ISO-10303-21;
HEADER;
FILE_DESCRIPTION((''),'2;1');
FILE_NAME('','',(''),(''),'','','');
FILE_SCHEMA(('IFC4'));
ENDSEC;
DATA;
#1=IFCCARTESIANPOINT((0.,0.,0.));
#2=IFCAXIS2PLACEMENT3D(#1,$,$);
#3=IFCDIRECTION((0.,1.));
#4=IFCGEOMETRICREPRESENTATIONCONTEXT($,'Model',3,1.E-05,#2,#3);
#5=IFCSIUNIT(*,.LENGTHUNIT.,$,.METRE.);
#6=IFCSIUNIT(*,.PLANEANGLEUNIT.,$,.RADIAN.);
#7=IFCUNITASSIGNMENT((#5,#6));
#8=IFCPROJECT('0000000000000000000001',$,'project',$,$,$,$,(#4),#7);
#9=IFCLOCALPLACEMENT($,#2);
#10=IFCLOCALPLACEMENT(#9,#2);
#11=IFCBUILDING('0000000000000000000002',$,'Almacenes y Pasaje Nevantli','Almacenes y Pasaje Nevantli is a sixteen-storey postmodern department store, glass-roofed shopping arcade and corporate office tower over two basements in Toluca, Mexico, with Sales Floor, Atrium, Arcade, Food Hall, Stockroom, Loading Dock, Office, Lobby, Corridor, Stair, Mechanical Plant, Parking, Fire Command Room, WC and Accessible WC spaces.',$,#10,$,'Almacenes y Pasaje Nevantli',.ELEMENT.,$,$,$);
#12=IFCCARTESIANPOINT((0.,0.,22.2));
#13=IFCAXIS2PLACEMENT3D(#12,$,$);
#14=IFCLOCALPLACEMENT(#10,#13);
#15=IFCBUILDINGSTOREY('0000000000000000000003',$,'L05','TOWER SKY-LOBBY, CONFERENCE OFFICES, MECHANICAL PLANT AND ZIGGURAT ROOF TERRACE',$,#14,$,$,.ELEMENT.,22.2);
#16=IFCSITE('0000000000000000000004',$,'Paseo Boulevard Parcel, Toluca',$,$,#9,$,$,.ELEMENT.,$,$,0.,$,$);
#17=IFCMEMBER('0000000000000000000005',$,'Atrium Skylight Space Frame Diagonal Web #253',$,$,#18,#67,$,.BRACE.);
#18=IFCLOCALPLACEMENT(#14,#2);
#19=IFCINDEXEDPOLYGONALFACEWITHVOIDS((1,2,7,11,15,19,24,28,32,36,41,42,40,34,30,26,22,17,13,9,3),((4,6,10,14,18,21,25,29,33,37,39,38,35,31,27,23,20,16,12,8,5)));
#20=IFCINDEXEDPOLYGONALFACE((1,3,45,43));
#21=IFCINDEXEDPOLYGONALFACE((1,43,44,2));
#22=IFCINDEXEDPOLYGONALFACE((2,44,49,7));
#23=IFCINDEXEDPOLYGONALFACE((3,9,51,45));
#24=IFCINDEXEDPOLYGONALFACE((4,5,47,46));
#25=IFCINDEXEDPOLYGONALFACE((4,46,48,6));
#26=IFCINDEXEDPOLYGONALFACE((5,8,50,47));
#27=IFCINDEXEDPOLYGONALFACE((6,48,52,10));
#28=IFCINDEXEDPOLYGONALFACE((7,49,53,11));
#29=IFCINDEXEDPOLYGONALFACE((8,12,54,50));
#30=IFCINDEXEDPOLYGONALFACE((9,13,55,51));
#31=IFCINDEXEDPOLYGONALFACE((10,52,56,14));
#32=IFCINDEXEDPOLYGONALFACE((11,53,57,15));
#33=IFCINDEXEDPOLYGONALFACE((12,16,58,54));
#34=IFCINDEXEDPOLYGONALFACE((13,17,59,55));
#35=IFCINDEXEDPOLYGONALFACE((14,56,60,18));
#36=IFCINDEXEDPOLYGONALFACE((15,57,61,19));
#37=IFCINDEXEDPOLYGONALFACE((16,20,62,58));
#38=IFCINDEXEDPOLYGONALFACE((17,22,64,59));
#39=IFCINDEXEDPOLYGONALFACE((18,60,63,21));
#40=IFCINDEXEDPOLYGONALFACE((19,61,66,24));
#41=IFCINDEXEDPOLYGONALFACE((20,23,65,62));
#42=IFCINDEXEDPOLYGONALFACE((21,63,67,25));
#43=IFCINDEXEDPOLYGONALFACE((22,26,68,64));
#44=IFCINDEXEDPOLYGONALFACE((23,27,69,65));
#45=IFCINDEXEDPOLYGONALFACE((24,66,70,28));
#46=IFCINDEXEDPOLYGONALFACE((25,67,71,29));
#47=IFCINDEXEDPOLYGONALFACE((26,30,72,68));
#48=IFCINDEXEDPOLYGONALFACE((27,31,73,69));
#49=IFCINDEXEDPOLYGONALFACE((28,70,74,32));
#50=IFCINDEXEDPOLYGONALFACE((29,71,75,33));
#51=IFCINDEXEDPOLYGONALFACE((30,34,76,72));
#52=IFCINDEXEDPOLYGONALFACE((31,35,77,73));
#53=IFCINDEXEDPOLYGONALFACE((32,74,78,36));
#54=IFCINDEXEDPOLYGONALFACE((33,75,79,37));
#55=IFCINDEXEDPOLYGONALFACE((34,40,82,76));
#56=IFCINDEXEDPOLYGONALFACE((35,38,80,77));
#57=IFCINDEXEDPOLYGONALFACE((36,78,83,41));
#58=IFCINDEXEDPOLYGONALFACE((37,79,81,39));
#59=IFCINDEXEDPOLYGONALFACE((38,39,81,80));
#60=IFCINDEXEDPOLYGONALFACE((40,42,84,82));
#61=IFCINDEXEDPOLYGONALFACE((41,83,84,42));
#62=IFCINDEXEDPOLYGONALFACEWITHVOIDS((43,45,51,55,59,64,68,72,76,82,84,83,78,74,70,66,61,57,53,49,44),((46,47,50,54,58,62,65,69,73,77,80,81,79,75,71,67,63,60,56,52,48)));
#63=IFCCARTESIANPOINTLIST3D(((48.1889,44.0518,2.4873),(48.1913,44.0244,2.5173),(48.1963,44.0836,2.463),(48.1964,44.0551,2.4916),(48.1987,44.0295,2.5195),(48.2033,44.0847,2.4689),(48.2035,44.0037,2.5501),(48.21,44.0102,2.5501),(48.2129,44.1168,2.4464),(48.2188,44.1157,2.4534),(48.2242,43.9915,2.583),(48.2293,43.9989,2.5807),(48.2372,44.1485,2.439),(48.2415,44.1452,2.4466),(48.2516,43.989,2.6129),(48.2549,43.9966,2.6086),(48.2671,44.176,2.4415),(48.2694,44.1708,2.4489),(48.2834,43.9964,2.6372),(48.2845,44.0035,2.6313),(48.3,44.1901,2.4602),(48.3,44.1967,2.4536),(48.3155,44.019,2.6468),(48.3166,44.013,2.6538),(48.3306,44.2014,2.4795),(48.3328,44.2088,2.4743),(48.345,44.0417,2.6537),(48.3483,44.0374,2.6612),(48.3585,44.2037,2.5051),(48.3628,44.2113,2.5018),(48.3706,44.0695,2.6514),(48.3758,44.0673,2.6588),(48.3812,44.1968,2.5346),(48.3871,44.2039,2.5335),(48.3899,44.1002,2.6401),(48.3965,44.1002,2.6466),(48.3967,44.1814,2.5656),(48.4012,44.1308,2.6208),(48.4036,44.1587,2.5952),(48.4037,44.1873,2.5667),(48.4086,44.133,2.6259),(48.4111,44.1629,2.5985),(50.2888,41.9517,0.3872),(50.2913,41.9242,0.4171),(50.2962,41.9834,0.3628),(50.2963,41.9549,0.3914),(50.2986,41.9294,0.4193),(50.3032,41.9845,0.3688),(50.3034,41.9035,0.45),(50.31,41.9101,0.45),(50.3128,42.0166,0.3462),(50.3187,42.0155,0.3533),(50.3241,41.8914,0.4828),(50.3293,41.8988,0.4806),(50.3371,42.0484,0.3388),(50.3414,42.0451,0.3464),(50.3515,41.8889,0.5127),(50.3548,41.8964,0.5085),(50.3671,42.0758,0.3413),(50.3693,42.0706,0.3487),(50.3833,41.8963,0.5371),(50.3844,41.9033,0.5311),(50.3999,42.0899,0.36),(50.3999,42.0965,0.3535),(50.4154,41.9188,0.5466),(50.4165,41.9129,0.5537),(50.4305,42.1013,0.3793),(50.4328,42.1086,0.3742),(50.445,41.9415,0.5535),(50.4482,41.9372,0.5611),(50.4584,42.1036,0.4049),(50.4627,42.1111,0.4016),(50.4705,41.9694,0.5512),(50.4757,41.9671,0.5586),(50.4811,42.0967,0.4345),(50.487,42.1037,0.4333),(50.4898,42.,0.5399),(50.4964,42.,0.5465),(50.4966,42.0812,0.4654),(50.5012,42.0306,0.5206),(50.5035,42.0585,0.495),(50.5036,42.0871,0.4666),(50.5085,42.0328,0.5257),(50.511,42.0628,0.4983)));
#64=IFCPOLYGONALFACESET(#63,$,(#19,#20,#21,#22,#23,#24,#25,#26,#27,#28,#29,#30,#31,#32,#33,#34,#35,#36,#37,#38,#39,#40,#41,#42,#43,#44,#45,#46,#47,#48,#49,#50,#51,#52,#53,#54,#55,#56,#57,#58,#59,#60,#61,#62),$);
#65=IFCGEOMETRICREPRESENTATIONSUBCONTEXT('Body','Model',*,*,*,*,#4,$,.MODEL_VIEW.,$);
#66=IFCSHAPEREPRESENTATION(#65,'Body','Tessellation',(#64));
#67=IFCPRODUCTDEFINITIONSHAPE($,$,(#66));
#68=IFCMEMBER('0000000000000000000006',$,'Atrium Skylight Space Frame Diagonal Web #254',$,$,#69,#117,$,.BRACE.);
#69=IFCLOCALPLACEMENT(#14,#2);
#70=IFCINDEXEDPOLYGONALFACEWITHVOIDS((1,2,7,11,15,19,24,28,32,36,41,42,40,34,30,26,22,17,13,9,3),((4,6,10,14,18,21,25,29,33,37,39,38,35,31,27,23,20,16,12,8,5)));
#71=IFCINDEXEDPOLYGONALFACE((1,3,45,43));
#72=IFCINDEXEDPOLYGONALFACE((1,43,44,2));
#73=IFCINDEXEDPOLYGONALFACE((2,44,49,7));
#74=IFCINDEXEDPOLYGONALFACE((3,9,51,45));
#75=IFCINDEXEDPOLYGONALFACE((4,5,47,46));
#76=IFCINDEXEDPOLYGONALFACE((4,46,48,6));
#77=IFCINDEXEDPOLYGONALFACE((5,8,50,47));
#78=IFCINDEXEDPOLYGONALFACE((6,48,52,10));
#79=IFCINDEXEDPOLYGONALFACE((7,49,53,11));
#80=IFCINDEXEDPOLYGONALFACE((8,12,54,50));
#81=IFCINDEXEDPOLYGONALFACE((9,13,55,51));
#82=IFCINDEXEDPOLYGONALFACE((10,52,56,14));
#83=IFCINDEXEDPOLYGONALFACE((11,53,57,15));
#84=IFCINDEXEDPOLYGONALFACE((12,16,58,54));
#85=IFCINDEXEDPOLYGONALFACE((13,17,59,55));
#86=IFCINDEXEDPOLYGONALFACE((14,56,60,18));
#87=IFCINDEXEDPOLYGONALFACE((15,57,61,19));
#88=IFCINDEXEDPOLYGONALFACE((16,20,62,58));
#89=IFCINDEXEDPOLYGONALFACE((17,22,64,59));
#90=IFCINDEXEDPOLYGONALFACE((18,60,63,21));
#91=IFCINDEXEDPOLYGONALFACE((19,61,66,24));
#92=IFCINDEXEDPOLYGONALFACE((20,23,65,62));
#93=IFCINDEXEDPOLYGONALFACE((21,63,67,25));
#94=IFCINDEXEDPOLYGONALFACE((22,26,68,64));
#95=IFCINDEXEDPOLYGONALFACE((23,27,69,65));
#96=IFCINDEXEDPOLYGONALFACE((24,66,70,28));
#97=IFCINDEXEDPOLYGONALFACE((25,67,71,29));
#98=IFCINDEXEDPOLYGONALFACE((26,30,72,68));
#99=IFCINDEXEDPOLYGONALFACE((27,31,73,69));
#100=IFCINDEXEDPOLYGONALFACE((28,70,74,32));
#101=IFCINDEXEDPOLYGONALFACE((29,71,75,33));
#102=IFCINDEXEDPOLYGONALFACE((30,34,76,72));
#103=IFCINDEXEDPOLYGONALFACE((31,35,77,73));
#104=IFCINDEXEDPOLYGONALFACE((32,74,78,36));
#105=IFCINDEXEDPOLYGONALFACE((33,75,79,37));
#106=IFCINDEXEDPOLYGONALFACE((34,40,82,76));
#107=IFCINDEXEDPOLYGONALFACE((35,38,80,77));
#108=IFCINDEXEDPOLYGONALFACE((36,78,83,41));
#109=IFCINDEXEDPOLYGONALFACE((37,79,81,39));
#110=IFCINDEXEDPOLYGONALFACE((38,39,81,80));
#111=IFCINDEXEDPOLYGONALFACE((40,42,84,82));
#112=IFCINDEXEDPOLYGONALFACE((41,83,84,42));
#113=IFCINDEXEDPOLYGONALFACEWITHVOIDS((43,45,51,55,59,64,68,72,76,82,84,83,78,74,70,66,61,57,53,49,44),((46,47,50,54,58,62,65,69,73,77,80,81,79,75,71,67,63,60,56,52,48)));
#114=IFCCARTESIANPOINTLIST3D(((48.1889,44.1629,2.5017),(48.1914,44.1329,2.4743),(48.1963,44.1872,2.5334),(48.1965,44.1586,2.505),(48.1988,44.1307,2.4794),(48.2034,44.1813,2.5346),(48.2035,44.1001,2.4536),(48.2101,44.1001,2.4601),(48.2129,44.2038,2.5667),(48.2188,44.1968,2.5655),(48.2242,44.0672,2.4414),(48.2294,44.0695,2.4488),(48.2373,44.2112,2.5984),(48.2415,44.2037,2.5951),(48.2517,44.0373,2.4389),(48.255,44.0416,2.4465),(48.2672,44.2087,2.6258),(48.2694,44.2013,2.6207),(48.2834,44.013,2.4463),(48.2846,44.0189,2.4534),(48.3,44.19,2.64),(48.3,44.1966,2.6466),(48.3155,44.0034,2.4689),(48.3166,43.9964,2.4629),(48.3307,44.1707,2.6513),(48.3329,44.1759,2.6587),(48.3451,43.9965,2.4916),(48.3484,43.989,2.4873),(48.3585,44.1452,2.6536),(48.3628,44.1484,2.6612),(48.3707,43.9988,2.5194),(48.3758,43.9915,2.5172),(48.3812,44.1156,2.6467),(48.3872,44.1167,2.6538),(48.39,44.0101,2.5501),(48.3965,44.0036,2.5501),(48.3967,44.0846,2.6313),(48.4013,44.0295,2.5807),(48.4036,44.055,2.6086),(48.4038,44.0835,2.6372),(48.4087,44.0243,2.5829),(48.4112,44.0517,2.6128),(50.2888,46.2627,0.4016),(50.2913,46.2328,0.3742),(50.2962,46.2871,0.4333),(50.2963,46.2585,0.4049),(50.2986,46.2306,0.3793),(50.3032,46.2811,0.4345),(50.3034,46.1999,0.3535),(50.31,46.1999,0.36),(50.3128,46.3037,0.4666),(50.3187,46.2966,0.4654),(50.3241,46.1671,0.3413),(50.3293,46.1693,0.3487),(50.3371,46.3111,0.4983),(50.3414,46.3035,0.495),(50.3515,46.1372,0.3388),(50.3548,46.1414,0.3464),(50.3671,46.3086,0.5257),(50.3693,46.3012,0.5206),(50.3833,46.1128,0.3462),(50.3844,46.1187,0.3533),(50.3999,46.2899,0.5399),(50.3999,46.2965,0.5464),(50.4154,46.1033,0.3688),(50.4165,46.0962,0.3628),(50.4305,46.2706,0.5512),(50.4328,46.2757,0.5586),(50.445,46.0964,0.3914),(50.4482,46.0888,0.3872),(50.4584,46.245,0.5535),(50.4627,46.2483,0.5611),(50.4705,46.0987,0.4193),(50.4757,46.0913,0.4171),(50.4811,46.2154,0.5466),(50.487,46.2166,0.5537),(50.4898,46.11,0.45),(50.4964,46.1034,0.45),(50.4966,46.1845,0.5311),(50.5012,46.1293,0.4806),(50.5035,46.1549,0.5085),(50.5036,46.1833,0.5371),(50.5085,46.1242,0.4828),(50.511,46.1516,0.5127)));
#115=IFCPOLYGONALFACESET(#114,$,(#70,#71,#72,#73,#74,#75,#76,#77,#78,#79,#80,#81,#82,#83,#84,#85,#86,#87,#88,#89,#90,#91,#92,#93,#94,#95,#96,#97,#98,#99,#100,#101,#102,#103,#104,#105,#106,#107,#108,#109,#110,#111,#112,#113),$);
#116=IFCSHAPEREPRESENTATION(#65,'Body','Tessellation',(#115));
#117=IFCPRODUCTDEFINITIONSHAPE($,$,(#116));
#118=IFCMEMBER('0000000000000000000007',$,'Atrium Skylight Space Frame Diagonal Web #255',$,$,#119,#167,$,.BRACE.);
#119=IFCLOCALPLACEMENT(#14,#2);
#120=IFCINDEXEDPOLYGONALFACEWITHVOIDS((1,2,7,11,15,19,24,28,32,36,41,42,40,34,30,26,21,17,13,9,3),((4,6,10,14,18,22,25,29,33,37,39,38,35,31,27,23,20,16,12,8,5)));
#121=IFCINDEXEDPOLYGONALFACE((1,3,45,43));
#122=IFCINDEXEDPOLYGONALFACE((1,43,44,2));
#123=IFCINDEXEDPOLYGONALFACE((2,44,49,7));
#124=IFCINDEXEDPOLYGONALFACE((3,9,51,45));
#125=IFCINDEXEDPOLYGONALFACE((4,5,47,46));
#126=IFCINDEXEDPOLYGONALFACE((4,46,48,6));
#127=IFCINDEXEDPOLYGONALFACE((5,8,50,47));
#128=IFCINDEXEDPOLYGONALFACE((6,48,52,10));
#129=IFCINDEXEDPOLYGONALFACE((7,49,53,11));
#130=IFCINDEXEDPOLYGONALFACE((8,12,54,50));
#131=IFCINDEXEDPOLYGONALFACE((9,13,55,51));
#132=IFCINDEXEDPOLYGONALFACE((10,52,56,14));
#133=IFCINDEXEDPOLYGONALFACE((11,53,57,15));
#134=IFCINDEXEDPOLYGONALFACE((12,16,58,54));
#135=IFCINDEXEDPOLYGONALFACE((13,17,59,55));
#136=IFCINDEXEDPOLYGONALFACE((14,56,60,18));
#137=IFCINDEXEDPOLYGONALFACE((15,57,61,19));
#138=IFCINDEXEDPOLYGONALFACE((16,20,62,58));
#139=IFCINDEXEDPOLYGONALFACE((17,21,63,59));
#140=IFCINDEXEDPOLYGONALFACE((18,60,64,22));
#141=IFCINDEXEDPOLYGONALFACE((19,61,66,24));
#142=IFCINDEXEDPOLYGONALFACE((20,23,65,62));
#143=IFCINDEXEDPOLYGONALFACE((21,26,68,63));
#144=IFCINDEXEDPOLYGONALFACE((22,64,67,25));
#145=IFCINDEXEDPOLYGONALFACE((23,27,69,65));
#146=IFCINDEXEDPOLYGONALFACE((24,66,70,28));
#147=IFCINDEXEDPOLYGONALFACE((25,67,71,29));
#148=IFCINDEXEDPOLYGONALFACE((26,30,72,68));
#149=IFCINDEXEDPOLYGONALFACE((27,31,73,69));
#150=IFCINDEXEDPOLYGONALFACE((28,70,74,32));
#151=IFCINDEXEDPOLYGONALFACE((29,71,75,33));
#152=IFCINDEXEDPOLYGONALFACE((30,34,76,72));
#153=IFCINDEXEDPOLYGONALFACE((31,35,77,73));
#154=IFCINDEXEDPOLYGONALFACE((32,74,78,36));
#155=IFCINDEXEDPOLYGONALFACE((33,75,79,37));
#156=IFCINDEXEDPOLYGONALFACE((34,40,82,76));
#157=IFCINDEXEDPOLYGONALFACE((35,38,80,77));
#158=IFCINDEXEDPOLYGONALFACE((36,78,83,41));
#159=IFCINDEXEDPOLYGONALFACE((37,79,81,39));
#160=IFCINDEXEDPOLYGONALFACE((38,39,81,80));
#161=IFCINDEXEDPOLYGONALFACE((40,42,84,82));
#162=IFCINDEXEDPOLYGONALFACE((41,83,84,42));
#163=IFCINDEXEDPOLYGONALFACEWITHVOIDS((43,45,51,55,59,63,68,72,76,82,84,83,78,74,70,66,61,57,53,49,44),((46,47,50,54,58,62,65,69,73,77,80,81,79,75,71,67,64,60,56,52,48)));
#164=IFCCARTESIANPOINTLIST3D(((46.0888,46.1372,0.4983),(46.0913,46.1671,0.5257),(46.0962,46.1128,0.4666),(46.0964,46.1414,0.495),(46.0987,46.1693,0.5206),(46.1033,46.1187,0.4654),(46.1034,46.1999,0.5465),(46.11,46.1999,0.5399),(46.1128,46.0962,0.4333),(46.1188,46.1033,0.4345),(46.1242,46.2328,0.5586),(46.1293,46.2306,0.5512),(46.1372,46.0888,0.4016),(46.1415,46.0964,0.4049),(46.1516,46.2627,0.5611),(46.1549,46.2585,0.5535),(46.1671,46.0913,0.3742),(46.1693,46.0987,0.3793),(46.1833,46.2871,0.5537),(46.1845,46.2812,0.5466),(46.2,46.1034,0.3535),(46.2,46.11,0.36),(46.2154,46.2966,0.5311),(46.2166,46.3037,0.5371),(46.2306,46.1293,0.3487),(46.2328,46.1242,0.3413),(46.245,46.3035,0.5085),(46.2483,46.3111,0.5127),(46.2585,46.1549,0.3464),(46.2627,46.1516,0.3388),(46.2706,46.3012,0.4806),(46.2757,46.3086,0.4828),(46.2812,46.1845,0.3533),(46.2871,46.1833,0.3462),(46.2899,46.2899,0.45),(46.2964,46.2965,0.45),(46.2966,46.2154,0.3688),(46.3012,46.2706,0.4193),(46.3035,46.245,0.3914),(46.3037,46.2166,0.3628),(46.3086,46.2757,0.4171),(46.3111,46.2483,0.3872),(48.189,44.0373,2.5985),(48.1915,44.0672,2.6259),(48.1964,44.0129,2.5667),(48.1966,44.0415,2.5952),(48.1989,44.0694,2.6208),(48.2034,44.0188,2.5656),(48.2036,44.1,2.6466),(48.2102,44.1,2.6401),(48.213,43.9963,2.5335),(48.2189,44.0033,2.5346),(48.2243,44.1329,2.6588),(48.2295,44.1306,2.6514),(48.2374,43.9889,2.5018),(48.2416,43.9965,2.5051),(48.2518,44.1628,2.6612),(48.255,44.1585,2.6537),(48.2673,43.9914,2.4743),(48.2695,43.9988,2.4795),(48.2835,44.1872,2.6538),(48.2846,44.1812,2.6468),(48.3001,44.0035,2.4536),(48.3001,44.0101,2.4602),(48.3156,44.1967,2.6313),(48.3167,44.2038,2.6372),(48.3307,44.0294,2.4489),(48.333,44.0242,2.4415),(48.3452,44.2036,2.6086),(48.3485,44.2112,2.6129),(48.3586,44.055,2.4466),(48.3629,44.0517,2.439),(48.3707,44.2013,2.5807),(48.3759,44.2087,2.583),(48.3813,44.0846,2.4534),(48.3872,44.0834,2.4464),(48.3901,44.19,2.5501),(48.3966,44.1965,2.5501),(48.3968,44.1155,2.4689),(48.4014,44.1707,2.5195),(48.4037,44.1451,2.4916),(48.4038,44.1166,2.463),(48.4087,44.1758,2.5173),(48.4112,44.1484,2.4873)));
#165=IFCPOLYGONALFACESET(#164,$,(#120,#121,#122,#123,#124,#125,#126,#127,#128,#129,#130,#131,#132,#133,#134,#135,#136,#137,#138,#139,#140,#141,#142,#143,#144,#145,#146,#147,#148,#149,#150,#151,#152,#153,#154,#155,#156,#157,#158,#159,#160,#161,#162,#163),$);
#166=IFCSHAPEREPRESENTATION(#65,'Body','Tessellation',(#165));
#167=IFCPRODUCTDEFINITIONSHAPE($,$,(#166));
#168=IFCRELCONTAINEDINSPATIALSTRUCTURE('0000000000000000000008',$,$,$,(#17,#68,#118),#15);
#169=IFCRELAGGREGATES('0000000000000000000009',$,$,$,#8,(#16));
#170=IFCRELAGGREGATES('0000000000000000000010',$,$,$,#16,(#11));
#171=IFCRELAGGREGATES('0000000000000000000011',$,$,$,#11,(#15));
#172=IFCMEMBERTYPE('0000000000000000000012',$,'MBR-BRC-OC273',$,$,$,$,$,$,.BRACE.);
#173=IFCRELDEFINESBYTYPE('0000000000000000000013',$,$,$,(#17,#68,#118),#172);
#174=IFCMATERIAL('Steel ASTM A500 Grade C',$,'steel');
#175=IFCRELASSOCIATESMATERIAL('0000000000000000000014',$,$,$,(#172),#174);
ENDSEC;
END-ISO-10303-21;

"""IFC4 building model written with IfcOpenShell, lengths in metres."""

from ifc_helpers import new_model, si_unit, direction, frame, origin, origin_2d, place, context, subcontext, project, spatial, hollow_circle, extrude, material, material_profile, profile_set, type_object, element, save


model = new_model("IFC4")

# Units and contexts
model_context = context("Model", 3, precision=1e-05, world=origin(), true_north=direction((0.0, 1.0)))
body_context = subcontext(model_context, "Body", "Model", "MODEL_VIEW")
ifc_project = project(units=[si_unit("LENGTHUNIT", "METRE"), si_unit("PLANEANGLEUNIT", "RADIAN")], contexts=[model_context])

# Site, building, storey
site_placement = place(None, origin())
site = spatial("IfcSite", under=ifc_project, at=site_placement, Name="Paseo Boulevard Parcel, Toluca", CompositionType="ELEMENT", RefElevation=0.0)
building_placement = place(site_placement, origin())
building = spatial("IfcBuilding", under=site, at=building_placement, Name="Almacenes y Pasaje Nevantli", Description="Almacenes y Pasaje Nevantli is a sixteen-storey postmodern department store, glass-roofed shopping arcade and corporate office tower over two basements in Toluca, Mexico, with Sales Floor, Atrium, Arcade, Food Hall, Stockroom, Loading Dock, Office, Lobby, Corridor, Stair, Mechanical Plant, Parking, Fire Command Room, WC and Accessible WC spaces.", LongName="Almacenes y Pasaje Nevantli", CompositionType="ELEMENT")
storey_placement = place(building_placement, frame((0.0, 0.0, 22.2)))
storey = spatial("IfcBuildingStorey", under=building, at=storey_placement, Name="L05", Description="TOWER SKY-LOBBY, CONFERENCE OFFICES, MECHANICAL PLANT AND ZIGGURAT ROOF TERRACE", CompositionType="ELEMENT", Elevation=22.2)

# Members
ifc_material_1 = material(Name="Steel ASTM A500 Grade C", Category="steel")
ifc_material_profile_1 = material_profile(ifc_material_1, hollow_circle(Radius=0.1365, WallThickness=0.0093, at=origin_2d()), Name="OC 273x9.3")
ifc_profile_set_1 = profile_set([ifc_material_profile_1], Name="Steel ASTM A500 Grade C")
member_type_1 = type_object("IfcMemberType", Name="MBR-BRC-OC273", PredefinedType="BRACE", material=ifc_profile_set_1)
member_1_placement = place(storey_placement, frame((50.3999, 42.0, 0.45), z_axis=(-0.577306, 0.577373, 0.577373), x_axis=(-0.707148, -0.707066, 0.0)))
element("IfcMember", 1, at=member_1_placement, inside=storey, type_object=member_type_1, Name="Atrium Skylight Space Frame Diagonal Web #253", PredefinedType="BRACE", context=body_context, shape_type="SweptSolid", body=[
    extrude(hollow_circle(Radius=0.1365, WallThickness=0.0093, at=origin_2d()), origin(), (0.0, 0.0, 1.0), 3.6375),
])
member_2_placement = place(storey_placement, frame((50.3999, 46.2, 0.45), z_axis=(-0.577328, -0.577328, 0.577395), x_axis=(0.707107, -0.707107, 0.0)))
element("IfcMember", 2, at=member_2_placement, inside=storey, type_object=member_type_1, Name="Atrium Skylight Space Frame Diagonal Web #254", PredefinedType="BRACE", context=body_context, shape_type="SweptSolid", body=[
    extrude(hollow_circle(Radius=0.1365, WallThickness=0.0093, at=origin_2d()), origin(), (0.0, 0.0, 1.0), 3.6372),
])
for number, where, z_axis, x_axis, name in (
    (3, (46.2, 46.2, 0.45), (0.577373, -0.577306, 0.577373), (0.707066, 0.707148, 0.0), "Atrium Skylight Space Frame Diagonal Web #255"),
):
    element("IfcMember", number, at=place(storey_placement, frame(where, z_axis=z_axis, x_axis=x_axis)), inside=storey, type_object=member_type_1, Name=name, PredefinedType="BRACE", context=body_context, shape_type="SweptSolid", body=[
        extrude(hollow_circle(Radius=0.1365, WallThickness=0.0093, at=origin_2d()), origin(), (0.0, 0.0, 1.0), 3.6375),
    ])

save(model, "model.ifc")
